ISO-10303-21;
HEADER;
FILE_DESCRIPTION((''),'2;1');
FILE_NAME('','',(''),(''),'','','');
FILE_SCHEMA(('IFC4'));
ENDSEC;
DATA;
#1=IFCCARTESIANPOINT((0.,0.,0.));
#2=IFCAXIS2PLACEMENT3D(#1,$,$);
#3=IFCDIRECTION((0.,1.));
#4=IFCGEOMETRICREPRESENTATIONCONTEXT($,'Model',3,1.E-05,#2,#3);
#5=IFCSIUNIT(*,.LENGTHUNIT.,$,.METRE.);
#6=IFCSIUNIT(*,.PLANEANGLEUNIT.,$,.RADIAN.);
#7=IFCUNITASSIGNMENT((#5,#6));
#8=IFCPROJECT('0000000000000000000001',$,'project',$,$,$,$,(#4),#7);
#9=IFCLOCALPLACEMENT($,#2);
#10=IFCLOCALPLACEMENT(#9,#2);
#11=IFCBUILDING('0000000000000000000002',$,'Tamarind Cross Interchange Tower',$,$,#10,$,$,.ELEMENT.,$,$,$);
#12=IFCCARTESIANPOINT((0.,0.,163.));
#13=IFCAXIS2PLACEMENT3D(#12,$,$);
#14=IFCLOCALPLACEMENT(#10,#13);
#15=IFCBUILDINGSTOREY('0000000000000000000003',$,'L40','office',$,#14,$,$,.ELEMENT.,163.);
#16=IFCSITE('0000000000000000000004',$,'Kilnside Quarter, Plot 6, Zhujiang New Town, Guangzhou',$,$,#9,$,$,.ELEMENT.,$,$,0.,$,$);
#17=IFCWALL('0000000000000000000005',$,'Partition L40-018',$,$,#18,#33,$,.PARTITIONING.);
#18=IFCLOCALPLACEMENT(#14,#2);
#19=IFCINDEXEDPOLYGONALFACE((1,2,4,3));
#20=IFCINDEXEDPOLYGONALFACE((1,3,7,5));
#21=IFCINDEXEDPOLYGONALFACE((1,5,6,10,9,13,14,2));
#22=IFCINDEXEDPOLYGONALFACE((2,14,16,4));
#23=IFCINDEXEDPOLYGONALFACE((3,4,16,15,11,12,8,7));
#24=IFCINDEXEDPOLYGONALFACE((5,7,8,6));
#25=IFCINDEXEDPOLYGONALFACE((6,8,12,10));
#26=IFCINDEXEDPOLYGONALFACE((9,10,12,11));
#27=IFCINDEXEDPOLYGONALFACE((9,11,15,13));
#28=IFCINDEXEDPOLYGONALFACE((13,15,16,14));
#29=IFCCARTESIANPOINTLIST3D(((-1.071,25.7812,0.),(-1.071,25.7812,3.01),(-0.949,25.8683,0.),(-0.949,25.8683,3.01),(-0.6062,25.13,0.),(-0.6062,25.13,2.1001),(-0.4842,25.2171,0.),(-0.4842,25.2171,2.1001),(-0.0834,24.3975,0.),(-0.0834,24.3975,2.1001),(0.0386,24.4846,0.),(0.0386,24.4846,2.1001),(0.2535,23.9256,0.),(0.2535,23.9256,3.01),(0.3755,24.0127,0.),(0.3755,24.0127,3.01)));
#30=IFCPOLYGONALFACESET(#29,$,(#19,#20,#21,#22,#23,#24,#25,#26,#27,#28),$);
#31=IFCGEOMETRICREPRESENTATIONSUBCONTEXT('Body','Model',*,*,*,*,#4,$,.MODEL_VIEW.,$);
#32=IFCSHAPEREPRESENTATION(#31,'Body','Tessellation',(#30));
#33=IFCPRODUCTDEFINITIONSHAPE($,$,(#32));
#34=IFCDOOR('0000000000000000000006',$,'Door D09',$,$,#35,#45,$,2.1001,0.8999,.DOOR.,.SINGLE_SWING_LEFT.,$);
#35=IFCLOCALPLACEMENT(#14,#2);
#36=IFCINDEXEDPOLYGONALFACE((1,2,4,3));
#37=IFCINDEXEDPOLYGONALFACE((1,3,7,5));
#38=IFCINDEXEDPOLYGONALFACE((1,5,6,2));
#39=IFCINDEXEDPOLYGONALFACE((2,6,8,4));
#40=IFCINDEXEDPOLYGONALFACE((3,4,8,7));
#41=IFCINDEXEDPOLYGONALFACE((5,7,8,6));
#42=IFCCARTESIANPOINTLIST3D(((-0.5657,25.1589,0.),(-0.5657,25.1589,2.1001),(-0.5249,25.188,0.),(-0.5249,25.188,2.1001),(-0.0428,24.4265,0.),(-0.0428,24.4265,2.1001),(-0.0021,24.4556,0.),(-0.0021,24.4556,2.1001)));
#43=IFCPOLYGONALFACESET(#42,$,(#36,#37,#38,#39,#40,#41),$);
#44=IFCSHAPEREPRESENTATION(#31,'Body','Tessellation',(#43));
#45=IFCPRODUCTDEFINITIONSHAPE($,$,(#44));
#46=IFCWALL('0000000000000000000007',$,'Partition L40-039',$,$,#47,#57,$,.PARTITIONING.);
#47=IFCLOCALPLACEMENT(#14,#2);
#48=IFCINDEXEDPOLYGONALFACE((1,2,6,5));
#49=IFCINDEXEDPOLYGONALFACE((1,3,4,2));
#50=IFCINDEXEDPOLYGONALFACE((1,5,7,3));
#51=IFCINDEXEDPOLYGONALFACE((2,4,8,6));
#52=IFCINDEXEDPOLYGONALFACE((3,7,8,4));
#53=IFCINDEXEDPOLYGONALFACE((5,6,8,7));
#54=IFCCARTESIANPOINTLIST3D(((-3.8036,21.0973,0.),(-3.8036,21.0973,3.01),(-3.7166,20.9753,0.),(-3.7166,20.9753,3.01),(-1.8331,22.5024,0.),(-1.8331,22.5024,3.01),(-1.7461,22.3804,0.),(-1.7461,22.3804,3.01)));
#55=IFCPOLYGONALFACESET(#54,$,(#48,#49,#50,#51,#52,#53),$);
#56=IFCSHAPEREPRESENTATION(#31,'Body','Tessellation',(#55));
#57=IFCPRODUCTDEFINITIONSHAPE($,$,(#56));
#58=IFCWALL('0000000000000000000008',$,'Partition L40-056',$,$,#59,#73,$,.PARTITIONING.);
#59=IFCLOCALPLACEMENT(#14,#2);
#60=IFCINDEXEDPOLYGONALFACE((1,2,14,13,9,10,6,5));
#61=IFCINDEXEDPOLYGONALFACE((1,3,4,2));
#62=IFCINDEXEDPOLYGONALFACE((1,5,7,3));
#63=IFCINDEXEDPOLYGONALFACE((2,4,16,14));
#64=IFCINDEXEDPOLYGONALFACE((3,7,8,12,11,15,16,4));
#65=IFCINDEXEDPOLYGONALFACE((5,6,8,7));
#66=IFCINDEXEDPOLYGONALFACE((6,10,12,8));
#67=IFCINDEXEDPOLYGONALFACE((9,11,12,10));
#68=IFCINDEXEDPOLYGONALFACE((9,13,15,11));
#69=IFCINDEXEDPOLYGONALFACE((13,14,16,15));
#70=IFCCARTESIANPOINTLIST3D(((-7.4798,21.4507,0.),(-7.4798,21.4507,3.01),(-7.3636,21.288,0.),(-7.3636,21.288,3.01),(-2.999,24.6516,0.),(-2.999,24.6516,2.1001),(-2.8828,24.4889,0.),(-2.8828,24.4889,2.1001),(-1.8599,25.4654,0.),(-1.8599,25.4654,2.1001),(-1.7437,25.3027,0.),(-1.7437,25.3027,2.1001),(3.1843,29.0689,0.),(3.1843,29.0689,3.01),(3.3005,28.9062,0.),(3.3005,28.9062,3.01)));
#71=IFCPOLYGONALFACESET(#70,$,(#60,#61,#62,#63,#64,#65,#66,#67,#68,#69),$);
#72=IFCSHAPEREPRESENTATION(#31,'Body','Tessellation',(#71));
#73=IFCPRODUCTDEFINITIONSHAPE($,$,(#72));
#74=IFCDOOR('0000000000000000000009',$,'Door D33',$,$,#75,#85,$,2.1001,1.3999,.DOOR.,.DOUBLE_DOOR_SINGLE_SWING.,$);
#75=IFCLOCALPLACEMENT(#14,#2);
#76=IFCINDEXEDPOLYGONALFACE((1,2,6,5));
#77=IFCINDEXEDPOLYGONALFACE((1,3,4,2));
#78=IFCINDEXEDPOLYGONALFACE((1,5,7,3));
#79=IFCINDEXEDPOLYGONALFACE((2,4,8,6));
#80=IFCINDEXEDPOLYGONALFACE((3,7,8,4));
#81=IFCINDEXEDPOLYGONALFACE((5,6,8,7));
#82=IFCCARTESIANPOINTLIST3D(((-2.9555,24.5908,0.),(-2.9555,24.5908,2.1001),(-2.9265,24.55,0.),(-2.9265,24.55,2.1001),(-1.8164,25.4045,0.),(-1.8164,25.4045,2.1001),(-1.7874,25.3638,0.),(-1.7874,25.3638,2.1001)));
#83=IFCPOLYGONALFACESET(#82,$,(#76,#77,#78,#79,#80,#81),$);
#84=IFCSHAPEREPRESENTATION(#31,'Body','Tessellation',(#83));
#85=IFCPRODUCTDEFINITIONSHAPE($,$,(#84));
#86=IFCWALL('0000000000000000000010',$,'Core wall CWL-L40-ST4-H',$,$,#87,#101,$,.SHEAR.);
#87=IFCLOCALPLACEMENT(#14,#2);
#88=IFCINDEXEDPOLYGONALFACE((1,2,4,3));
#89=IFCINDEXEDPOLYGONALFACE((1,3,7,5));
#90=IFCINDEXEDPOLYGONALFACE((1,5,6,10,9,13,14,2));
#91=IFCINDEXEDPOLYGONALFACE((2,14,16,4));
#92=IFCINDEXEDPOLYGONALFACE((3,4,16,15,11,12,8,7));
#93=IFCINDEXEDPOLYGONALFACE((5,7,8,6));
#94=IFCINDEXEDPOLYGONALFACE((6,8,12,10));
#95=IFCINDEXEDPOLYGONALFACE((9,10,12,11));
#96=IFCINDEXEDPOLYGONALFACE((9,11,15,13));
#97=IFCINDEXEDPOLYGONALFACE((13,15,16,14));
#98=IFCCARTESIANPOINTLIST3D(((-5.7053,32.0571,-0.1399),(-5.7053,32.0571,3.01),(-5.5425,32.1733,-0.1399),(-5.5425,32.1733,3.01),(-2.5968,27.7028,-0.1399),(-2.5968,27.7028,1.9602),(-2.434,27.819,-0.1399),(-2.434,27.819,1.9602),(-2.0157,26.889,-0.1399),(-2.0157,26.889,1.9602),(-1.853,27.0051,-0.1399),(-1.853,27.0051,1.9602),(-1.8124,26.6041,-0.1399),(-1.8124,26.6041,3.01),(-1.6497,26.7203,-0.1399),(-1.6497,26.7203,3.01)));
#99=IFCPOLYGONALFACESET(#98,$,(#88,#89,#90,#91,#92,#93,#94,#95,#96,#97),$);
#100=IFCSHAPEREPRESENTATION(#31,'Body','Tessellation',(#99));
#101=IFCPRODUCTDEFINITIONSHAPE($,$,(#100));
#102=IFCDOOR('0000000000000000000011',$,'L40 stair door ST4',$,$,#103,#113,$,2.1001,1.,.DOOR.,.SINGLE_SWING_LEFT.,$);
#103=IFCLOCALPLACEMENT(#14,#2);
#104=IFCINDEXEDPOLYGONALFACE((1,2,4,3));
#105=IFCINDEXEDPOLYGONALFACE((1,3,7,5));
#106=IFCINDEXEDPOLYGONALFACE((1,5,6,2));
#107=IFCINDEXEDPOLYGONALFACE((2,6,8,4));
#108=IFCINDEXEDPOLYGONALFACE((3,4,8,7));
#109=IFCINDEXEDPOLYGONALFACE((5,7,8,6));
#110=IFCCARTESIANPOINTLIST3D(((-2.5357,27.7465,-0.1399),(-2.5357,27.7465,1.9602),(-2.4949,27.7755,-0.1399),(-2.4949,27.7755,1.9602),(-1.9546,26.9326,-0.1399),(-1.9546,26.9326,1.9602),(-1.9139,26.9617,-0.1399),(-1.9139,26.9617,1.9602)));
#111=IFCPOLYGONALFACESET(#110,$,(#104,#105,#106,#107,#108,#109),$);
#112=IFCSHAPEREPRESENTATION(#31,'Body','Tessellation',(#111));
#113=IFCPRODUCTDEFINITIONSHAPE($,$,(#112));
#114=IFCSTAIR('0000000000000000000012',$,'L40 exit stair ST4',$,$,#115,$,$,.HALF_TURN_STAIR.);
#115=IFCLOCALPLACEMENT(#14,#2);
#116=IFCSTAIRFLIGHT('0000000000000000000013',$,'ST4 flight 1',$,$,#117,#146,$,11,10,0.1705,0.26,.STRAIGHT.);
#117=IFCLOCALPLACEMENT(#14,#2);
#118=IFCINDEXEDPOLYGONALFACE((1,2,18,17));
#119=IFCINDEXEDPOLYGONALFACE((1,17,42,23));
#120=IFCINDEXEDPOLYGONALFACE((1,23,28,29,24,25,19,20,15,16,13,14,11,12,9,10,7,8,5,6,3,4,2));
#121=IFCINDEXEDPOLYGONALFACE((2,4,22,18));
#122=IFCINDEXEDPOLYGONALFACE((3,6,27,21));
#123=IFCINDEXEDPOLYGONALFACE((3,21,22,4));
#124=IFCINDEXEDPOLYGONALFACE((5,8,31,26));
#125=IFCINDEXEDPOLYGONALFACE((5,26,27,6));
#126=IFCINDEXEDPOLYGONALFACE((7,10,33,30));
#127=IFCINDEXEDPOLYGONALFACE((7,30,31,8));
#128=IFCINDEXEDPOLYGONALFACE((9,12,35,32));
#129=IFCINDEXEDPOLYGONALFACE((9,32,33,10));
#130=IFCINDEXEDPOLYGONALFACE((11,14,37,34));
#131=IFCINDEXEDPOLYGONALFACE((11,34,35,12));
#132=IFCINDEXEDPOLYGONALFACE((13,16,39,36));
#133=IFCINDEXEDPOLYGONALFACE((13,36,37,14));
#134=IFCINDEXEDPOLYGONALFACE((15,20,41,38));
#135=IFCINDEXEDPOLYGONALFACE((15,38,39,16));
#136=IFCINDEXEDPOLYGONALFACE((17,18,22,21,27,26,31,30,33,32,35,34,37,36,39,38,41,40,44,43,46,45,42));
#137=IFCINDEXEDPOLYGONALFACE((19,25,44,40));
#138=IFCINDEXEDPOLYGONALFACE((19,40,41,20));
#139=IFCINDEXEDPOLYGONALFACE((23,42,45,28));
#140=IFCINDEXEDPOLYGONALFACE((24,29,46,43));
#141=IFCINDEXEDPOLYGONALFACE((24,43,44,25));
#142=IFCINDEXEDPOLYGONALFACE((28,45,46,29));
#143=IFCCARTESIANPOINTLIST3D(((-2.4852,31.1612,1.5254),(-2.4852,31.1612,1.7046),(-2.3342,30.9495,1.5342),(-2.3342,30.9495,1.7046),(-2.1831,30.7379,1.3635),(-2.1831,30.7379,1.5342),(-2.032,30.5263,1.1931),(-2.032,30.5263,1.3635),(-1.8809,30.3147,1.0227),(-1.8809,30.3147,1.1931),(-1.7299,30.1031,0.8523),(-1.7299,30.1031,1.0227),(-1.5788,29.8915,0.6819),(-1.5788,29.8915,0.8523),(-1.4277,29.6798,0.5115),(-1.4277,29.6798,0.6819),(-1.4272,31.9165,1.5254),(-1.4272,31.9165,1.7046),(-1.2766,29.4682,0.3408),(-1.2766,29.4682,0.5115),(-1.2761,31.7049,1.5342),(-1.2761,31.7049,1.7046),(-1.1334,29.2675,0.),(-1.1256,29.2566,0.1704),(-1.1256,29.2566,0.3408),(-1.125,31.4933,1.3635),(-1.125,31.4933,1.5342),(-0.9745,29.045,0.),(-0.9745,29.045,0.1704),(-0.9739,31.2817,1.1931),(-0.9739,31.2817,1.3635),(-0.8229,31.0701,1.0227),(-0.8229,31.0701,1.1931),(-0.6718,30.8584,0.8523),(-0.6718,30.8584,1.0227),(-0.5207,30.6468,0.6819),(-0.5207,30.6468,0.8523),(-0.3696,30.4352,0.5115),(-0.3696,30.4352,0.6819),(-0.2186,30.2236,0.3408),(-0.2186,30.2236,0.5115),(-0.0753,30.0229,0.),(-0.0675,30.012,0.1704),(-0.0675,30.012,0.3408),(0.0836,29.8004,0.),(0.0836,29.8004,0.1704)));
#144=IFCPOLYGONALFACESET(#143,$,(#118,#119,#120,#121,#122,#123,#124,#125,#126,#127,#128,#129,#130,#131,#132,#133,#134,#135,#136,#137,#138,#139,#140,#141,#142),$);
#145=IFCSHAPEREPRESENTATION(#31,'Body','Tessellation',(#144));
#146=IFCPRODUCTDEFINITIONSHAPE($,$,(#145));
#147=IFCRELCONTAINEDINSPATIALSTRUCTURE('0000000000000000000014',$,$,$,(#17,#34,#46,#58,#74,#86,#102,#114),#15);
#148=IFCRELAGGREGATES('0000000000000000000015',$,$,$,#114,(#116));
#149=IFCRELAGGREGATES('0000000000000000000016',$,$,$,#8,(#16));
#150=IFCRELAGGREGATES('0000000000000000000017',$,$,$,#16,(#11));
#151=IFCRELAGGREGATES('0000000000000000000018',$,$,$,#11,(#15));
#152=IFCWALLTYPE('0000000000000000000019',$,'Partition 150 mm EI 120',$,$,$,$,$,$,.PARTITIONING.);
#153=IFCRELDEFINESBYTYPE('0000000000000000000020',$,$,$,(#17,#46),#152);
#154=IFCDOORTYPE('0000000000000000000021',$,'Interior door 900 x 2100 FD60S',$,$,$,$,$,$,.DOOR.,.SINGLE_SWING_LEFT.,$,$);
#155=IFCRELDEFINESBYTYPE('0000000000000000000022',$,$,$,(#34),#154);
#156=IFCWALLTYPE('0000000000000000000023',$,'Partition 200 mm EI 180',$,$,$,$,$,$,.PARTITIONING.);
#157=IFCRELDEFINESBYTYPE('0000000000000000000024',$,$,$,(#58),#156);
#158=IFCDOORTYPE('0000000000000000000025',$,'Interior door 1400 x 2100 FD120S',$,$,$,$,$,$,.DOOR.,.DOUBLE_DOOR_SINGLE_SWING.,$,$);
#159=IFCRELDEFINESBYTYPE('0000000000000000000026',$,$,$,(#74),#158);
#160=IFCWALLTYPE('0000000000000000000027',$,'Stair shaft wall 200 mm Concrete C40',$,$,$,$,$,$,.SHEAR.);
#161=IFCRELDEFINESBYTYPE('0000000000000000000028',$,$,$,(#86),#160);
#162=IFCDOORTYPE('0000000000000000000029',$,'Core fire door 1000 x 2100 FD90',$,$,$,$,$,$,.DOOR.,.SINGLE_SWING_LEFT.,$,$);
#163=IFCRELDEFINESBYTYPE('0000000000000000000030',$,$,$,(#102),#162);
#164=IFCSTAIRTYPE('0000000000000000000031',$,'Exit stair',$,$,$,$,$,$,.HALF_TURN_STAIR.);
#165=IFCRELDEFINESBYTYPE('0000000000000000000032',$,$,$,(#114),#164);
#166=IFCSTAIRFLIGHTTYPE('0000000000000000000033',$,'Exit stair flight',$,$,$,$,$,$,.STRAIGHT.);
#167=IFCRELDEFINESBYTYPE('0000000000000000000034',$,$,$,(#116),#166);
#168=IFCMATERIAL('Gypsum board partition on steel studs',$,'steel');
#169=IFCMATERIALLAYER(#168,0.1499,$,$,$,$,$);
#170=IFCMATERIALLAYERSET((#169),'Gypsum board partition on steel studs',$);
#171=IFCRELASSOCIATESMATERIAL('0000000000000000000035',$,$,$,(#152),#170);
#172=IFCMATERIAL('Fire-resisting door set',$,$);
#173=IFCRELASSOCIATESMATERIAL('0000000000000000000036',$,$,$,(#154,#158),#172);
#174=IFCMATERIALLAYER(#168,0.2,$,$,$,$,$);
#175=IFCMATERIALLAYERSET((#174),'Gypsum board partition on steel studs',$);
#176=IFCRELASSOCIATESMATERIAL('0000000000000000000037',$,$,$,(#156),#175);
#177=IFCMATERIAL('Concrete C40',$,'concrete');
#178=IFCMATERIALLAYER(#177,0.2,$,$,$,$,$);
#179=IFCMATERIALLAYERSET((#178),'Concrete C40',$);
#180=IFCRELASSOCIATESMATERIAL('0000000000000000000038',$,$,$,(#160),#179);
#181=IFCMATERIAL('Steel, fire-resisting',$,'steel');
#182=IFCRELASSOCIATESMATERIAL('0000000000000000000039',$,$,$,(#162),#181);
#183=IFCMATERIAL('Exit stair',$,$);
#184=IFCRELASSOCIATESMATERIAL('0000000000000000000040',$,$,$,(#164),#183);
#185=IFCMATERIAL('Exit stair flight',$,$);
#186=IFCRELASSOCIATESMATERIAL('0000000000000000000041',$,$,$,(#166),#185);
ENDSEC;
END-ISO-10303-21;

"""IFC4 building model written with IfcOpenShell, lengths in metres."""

from ifc_helpers import new_model, si_unit, direction, frame, frame_2d, origin, place, context, subcontext, project, spatial, polyline, rectangle, outline, extrude, material, layer, layer_set, type_object, element, fill, aggregate, save


model = new_model("IFC4")

# Units and contexts
model_context = context("Model", 3, precision=1e-05, world=origin(), true_north=direction((0.0, 1.0)))
body_context = subcontext(model_context, "Body", "Model", "MODEL_VIEW")
ifc_project = project(units=[si_unit("LENGTHUNIT", "METRE"), si_unit("PLANEANGLEUNIT", "RADIAN")], contexts=[model_context])

# Site, building, storey
site_placement = place(None, origin())
site = spatial("IfcSite", under=ifc_project, at=site_placement, Name="Kilnside Quarter, Plot 6, Zhujiang New Town, Guangzhou", CompositionType="ELEMENT", RefElevation=0.0)
building_placement = place(site_placement, origin())
building = spatial("IfcBuilding", under=site, at=building_placement, Name="Tamarind Cross Interchange Tower", CompositionType="ELEMENT")
storey_placement = place(building_placement, frame((0.0, 0.0, 163.0)))
storey = spatial("IfcBuildingStorey", under=building, at=storey_placement, Name="L40", Description="office", CompositionType="ELEMENT", Elevation=163.0)

# Shared definitions
ifc_material_1 = material(Name="Gypsum board partition on steel studs", Category="steel")
ifc_layer_1 = layer(ifc_material_1, 0.1499)
ifc_layer_set_1 = layer_set([ifc_layer_1], Name="Gypsum board partition on steel studs")
wall_type_1 = type_object("IfcWallType", Name="Partition 150 mm EI 120", PredefinedType="PARTITIONING", material=ifc_layer_set_1)

# Wall, opening, door
ifc_material_2 = material(Name="Fire-resisting door set")
door_type_1 = type_object("IfcDoorType", Name="Interior door 900 x 2100 FD60S", OperationType="SINGLE_SWING_LEFT", PredefinedType="DOOR", material=ifc_material_2)
wall_1_placement = place(storey_placement, frame((-1.01, 25.8247, 0.0), z_axis=(0.0, 0.0, 1.0), x_axis=(0.580985, -0.813914, 0.0)))
wall_1 = element("IfcWall", 1, at=wall_1_placement, inside=storey, type_object=wall_type_1, Name="Partition L40-018", PredefinedType="PARTITIONING", context=body_context, shape_type="SweptSolid", body=[
    extrude(rectangle(XDim=2.2798, YDim=0.1499, at=frame_2d((1.1399, 0.0))), origin(), (0.0, 0.0, 1.0), 3.01),
])
opening_1_placement = place(wall_1_placement, frame((0.8, 0.0, 0.0)))
opening_1 = element("IfcOpeningElement", 2, at=opening_1_placement, cuts=wall_1, PredefinedType="OPENING", context=body_context, shape_type="SweptSolid", body=[
    extrude(rectangle(XDim=0.8999, YDim=2.1001, at=frame_2d((0.45, 1.05))), frame((0.0, 0.085, 0.0), z_axis=(0.0, -1.0, 0.0), x_axis=(1.0, 0.0, 0.0)), (0.0, 0.0, 1.0), 0.1699),
])
door_1_placement = place(opening_1_placement, origin())
door_1 = element("IfcDoor", 3, at=door_1_placement, inside=storey, type_object=door_type_1, Name="Door D09", OperationType="SINGLE_SWING_LEFT", OverallHeight=2.1001, OverallWidth=0.8999, PredefinedType="DOOR", context=body_context, shape_type="SweptSolid", body=[
    extrude(rectangle(XDim=0.8999, YDim=2.1001, at=frame_2d((0.45, 1.05))), frame((0.0, 0.0249, 0.0), z_axis=(0.0, -1.0, 0.0), x_axis=(1.0, 0.0, 0.0)), (0.0, 0.0, 1.0), 0.05),
])
fill(opening_1, door_1)

# Wall
wall_2_placement = place(storey_placement, frame((-3.76, 21.0364, 0.0), z_axis=(0.0, 0.0, 1.0), x_axis=(0.81421, 0.58057, 0.0)))
element("IfcWall", 4, at=wall_2_placement, inside=storey, type_object=wall_type_1, Name="Partition L40-039", PredefinedType="PARTITIONING", context=body_context, shape_type="SweptSolid", body=[
    extrude(rectangle(XDim=2.4202, YDim=0.1499, at=frame_2d((1.21, 0.0))), origin(), (0.0, 0.0, 1.0), 3.01),
])

# Walls, openings, doors
ifc_layer_2 = layer(ifc_material_1, 0.2)
ifc_layer_set_2 = layer_set([ifc_layer_2], Name="Gypsum board partition on steel studs")
wall_type_2 = type_object("IfcWallType", Name="Partition 200 mm EI 180", PredefinedType="PARTITIONING", material=ifc_layer_set_2)
wall_3_placement = place(storey_placement, frame((-7.4216, 21.3694, 0.0), z_axis=(0.0, 0.0, 1.0), x_axis=(0.813698, 0.581288, 0.0)))
wall_3 = element("IfcWall", 5, at=wall_3_placement, inside=storey, type_object=wall_type_2, Name="Partition L40-056", PredefinedType="PARTITIONING", context=body_context, shape_type="SweptSolid", body=[
    extrude(rectangle(XDim=13.1057, YDim=0.2, at=frame_2d((6.5527, 0.0))), origin(), (0.0, 0.0, 1.0), 3.01),
])
opening_2_placement = place(wall_3_placement, frame((5.5066, 0.0, 0.0)))
opening_2 = element("IfcOpeningElement", 6, at=opening_2_placement, cuts=wall_3, PredefinedType="OPENING", context=body_context, shape_type="SweptSolid", body=[
    extrude(rectangle(XDim=1.3999, YDim=2.1001, at=frame_2d((0.7, 1.05))), frame((0.0, 0.1099, 0.0), z_axis=(0.0, -1.0, 0.0), x_axis=(1.0, 0.0, 0.0)), (0.0, 0.0, 1.0), 0.22),
])
door_type_2 = type_object("IfcDoorType", Name="Interior door 1400 x 2100 FD120S", OperationType="DOUBLE_DOOR_SINGLE_SWING", PredefinedType="DOOR", material=ifc_material_2)
door_2_placement = place(opening_2_placement, frame((1.3999, 0.0, 0.0), z_axis=(0.0, 0.0, 1.0), x_axis=(-1.0, 0.0, 0.0)))
door_2 = element("IfcDoor", 7, at=door_2_placement, inside=storey, type_object=door_type_2, Name="Door D33", OperationType="DOUBLE_DOOR_SINGLE_SWING", OverallHeight=2.1001, OverallWidth=1.3999, PredefinedType="DOOR", context=body_context, shape_type="SweptSolid", body=[
    extrude(rectangle(XDim=1.3999, YDim=2.1001, at=frame_2d((0.7, 1.05))), frame((0.0, 0.0249, 0.0), z_axis=(0.0, -1.0, 0.0), x_axis=(1.0, 0.0, 0.0)), (0.0, 0.0, 1.0), 0.05),
])
fill(opening_2, door_2)
ifc_material_3 = material(Name="Concrete C40", Category="concrete")
ifc_layer_3 = layer(ifc_material_3, 0.2)
ifc_layer_set_3 = layer_set([ifc_layer_3], Name="Concrete C40")
wall_type_3 = type_object("IfcWallType", Name="Stair shaft wall 200 mm Concrete C40", PredefinedType="SHEAR", material=ifc_layer_set_3)
wall_4_placement = place(storey_placement, frame((-1.731, 26.6621, -0.1399), z_axis=(0.0, 0.0, 1.0), x_axis=(-0.581031, 0.813881, 0.0)))
wall_4 = element("IfcWall", 8, at=wall_4_placement, inside=storey, type_object=wall_type_3, Name="Core wall CWL-L40-ST4-H", PredefinedType="SHEAR", context=body_context, shape_type="SweptSolid", body=[
    extrude(rectangle(XDim=6.7, YDim=0.2, at=frame_2d((3.3501, 0.0))), origin(), (0.0, 0.0, 1.0), 3.1499),
])
opening_3_placement = place(wall_4_placement, frame((0.3501, 0.0, 0.0)))
opening_3 = element("IfcOpeningElement", 9, at=opening_3_placement, cuts=wall_4, PredefinedType="OPENING", context=body_context, shape_type="SweptSolid", body=[
    extrude(rectangle(XDim=1.0, YDim=2.1001, at=frame_2d((0.5, 1.05))), frame((0.0, 0.1099, 0.0), z_axis=(0.0, -1.0, 0.0), x_axis=(1.0, 0.0, 0.0)), (0.0, 0.0, 1.0), 0.22),
])
ifc_material_4 = material(Name="Steel, fire-resisting", Category="steel")
door_type_3 = type_object("IfcDoorType", Name="Core fire door 1000 x 2100 FD90", OperationType="SINGLE_SWING_LEFT", PredefinedType="DOOR", material=ifc_material_4)
door_3_placement = place(opening_3_placement, origin())
door_3 = element("IfcDoor", 10, at=door_3_placement, inside=storey, type_object=door_type_3, Name="L40 stair door ST4", OperationType="SINGLE_SWING_LEFT", OverallHeight=2.1001, OverallWidth=1.0, PredefinedType="DOOR", context=body_context, shape_type="SweptSolid", body=[
    extrude(rectangle(XDim=1.0, YDim=2.1001, at=frame_2d((0.5, 1.05))), frame((0.0, 0.0249, 0.0), z_axis=(0.0, -1.0, 0.0), x_axis=(1.0, 0.0, 0.0)), (0.0, 0.0, 1.0), 0.05),
])
fill(opening_3, door_3)

# Stair, stair flight
ifc_material_5 = material(Name="Exit stair")
stair_type = type_object("IfcStairType", Name="Exit stair", PredefinedType="HALF_TURN_STAIR", material=ifc_material_5)
stair_placement = place(storey_placement, origin())
stair = element("IfcStair", 11, at=stair_placement, inside=storey, type_object=stair_type, Name="L40 exit stair ST4", PredefinedType="HALF_TURN_STAIR")
ifc_material_6 = material(Name="Exit stair flight")
stair_flight_type = type_object("IfcStairFlightType", Name="Exit stair flight", PredefinedType="STRAIGHT", material=ifc_material_6)
stair_flight_placement = place(storey_placement, frame((-0.4456, 29.4226, 0.0), z_axis=(0.0, 0.0, 1.0), x_axis=(-0.581033, 0.81388, 0.0)))
stair_flight = element("IfcStairFlight", 12, at=stair_flight_placement, type_object=stair_flight_type, Name="ST4 flight 1", NumberOfRisers=11, NumberOfTreads=10, PredefinedType="STRAIGHT", RiserHeight=0.1705, TreadLength=0.26, context=body_context, shape_type="SweptSolid", body=[
    extrude(outline(polyline([(0.0, 0.0), (0.0, 0.1704), (0.26, 0.1704), (0.26, 0.3408), (0.52, 0.3408), (0.52, 0.5115), (0.78, 0.5115), (0.78, 0.6819), (1.04, 0.6819), (1.04, 0.8523), (1.3, 0.8523), (1.3, 1.0227), (1.5601, 1.0227), (1.5601, 1.1931), (1.8201, 1.1931), (1.8201, 1.3635), (2.0801, 1.3635), (2.0801, 1.5342), (2.3401, 1.5342), (2.3401, 1.7046), (2.6001, 1.7046), (2.6001, 1.875), (2.6001, 1.5254), (0.2734, 0.0), (0.0, 0.0)])), frame((0.0, 0.6499, 0.0), z_axis=(0.0, -1.0, 0.0), x_axis=(1.0, 0.0, 0.0)), (0.0, 0.0, 1.0), 1.3),
])
aggregate(stair, [stair_flight])

save(model, "model.ifc")
